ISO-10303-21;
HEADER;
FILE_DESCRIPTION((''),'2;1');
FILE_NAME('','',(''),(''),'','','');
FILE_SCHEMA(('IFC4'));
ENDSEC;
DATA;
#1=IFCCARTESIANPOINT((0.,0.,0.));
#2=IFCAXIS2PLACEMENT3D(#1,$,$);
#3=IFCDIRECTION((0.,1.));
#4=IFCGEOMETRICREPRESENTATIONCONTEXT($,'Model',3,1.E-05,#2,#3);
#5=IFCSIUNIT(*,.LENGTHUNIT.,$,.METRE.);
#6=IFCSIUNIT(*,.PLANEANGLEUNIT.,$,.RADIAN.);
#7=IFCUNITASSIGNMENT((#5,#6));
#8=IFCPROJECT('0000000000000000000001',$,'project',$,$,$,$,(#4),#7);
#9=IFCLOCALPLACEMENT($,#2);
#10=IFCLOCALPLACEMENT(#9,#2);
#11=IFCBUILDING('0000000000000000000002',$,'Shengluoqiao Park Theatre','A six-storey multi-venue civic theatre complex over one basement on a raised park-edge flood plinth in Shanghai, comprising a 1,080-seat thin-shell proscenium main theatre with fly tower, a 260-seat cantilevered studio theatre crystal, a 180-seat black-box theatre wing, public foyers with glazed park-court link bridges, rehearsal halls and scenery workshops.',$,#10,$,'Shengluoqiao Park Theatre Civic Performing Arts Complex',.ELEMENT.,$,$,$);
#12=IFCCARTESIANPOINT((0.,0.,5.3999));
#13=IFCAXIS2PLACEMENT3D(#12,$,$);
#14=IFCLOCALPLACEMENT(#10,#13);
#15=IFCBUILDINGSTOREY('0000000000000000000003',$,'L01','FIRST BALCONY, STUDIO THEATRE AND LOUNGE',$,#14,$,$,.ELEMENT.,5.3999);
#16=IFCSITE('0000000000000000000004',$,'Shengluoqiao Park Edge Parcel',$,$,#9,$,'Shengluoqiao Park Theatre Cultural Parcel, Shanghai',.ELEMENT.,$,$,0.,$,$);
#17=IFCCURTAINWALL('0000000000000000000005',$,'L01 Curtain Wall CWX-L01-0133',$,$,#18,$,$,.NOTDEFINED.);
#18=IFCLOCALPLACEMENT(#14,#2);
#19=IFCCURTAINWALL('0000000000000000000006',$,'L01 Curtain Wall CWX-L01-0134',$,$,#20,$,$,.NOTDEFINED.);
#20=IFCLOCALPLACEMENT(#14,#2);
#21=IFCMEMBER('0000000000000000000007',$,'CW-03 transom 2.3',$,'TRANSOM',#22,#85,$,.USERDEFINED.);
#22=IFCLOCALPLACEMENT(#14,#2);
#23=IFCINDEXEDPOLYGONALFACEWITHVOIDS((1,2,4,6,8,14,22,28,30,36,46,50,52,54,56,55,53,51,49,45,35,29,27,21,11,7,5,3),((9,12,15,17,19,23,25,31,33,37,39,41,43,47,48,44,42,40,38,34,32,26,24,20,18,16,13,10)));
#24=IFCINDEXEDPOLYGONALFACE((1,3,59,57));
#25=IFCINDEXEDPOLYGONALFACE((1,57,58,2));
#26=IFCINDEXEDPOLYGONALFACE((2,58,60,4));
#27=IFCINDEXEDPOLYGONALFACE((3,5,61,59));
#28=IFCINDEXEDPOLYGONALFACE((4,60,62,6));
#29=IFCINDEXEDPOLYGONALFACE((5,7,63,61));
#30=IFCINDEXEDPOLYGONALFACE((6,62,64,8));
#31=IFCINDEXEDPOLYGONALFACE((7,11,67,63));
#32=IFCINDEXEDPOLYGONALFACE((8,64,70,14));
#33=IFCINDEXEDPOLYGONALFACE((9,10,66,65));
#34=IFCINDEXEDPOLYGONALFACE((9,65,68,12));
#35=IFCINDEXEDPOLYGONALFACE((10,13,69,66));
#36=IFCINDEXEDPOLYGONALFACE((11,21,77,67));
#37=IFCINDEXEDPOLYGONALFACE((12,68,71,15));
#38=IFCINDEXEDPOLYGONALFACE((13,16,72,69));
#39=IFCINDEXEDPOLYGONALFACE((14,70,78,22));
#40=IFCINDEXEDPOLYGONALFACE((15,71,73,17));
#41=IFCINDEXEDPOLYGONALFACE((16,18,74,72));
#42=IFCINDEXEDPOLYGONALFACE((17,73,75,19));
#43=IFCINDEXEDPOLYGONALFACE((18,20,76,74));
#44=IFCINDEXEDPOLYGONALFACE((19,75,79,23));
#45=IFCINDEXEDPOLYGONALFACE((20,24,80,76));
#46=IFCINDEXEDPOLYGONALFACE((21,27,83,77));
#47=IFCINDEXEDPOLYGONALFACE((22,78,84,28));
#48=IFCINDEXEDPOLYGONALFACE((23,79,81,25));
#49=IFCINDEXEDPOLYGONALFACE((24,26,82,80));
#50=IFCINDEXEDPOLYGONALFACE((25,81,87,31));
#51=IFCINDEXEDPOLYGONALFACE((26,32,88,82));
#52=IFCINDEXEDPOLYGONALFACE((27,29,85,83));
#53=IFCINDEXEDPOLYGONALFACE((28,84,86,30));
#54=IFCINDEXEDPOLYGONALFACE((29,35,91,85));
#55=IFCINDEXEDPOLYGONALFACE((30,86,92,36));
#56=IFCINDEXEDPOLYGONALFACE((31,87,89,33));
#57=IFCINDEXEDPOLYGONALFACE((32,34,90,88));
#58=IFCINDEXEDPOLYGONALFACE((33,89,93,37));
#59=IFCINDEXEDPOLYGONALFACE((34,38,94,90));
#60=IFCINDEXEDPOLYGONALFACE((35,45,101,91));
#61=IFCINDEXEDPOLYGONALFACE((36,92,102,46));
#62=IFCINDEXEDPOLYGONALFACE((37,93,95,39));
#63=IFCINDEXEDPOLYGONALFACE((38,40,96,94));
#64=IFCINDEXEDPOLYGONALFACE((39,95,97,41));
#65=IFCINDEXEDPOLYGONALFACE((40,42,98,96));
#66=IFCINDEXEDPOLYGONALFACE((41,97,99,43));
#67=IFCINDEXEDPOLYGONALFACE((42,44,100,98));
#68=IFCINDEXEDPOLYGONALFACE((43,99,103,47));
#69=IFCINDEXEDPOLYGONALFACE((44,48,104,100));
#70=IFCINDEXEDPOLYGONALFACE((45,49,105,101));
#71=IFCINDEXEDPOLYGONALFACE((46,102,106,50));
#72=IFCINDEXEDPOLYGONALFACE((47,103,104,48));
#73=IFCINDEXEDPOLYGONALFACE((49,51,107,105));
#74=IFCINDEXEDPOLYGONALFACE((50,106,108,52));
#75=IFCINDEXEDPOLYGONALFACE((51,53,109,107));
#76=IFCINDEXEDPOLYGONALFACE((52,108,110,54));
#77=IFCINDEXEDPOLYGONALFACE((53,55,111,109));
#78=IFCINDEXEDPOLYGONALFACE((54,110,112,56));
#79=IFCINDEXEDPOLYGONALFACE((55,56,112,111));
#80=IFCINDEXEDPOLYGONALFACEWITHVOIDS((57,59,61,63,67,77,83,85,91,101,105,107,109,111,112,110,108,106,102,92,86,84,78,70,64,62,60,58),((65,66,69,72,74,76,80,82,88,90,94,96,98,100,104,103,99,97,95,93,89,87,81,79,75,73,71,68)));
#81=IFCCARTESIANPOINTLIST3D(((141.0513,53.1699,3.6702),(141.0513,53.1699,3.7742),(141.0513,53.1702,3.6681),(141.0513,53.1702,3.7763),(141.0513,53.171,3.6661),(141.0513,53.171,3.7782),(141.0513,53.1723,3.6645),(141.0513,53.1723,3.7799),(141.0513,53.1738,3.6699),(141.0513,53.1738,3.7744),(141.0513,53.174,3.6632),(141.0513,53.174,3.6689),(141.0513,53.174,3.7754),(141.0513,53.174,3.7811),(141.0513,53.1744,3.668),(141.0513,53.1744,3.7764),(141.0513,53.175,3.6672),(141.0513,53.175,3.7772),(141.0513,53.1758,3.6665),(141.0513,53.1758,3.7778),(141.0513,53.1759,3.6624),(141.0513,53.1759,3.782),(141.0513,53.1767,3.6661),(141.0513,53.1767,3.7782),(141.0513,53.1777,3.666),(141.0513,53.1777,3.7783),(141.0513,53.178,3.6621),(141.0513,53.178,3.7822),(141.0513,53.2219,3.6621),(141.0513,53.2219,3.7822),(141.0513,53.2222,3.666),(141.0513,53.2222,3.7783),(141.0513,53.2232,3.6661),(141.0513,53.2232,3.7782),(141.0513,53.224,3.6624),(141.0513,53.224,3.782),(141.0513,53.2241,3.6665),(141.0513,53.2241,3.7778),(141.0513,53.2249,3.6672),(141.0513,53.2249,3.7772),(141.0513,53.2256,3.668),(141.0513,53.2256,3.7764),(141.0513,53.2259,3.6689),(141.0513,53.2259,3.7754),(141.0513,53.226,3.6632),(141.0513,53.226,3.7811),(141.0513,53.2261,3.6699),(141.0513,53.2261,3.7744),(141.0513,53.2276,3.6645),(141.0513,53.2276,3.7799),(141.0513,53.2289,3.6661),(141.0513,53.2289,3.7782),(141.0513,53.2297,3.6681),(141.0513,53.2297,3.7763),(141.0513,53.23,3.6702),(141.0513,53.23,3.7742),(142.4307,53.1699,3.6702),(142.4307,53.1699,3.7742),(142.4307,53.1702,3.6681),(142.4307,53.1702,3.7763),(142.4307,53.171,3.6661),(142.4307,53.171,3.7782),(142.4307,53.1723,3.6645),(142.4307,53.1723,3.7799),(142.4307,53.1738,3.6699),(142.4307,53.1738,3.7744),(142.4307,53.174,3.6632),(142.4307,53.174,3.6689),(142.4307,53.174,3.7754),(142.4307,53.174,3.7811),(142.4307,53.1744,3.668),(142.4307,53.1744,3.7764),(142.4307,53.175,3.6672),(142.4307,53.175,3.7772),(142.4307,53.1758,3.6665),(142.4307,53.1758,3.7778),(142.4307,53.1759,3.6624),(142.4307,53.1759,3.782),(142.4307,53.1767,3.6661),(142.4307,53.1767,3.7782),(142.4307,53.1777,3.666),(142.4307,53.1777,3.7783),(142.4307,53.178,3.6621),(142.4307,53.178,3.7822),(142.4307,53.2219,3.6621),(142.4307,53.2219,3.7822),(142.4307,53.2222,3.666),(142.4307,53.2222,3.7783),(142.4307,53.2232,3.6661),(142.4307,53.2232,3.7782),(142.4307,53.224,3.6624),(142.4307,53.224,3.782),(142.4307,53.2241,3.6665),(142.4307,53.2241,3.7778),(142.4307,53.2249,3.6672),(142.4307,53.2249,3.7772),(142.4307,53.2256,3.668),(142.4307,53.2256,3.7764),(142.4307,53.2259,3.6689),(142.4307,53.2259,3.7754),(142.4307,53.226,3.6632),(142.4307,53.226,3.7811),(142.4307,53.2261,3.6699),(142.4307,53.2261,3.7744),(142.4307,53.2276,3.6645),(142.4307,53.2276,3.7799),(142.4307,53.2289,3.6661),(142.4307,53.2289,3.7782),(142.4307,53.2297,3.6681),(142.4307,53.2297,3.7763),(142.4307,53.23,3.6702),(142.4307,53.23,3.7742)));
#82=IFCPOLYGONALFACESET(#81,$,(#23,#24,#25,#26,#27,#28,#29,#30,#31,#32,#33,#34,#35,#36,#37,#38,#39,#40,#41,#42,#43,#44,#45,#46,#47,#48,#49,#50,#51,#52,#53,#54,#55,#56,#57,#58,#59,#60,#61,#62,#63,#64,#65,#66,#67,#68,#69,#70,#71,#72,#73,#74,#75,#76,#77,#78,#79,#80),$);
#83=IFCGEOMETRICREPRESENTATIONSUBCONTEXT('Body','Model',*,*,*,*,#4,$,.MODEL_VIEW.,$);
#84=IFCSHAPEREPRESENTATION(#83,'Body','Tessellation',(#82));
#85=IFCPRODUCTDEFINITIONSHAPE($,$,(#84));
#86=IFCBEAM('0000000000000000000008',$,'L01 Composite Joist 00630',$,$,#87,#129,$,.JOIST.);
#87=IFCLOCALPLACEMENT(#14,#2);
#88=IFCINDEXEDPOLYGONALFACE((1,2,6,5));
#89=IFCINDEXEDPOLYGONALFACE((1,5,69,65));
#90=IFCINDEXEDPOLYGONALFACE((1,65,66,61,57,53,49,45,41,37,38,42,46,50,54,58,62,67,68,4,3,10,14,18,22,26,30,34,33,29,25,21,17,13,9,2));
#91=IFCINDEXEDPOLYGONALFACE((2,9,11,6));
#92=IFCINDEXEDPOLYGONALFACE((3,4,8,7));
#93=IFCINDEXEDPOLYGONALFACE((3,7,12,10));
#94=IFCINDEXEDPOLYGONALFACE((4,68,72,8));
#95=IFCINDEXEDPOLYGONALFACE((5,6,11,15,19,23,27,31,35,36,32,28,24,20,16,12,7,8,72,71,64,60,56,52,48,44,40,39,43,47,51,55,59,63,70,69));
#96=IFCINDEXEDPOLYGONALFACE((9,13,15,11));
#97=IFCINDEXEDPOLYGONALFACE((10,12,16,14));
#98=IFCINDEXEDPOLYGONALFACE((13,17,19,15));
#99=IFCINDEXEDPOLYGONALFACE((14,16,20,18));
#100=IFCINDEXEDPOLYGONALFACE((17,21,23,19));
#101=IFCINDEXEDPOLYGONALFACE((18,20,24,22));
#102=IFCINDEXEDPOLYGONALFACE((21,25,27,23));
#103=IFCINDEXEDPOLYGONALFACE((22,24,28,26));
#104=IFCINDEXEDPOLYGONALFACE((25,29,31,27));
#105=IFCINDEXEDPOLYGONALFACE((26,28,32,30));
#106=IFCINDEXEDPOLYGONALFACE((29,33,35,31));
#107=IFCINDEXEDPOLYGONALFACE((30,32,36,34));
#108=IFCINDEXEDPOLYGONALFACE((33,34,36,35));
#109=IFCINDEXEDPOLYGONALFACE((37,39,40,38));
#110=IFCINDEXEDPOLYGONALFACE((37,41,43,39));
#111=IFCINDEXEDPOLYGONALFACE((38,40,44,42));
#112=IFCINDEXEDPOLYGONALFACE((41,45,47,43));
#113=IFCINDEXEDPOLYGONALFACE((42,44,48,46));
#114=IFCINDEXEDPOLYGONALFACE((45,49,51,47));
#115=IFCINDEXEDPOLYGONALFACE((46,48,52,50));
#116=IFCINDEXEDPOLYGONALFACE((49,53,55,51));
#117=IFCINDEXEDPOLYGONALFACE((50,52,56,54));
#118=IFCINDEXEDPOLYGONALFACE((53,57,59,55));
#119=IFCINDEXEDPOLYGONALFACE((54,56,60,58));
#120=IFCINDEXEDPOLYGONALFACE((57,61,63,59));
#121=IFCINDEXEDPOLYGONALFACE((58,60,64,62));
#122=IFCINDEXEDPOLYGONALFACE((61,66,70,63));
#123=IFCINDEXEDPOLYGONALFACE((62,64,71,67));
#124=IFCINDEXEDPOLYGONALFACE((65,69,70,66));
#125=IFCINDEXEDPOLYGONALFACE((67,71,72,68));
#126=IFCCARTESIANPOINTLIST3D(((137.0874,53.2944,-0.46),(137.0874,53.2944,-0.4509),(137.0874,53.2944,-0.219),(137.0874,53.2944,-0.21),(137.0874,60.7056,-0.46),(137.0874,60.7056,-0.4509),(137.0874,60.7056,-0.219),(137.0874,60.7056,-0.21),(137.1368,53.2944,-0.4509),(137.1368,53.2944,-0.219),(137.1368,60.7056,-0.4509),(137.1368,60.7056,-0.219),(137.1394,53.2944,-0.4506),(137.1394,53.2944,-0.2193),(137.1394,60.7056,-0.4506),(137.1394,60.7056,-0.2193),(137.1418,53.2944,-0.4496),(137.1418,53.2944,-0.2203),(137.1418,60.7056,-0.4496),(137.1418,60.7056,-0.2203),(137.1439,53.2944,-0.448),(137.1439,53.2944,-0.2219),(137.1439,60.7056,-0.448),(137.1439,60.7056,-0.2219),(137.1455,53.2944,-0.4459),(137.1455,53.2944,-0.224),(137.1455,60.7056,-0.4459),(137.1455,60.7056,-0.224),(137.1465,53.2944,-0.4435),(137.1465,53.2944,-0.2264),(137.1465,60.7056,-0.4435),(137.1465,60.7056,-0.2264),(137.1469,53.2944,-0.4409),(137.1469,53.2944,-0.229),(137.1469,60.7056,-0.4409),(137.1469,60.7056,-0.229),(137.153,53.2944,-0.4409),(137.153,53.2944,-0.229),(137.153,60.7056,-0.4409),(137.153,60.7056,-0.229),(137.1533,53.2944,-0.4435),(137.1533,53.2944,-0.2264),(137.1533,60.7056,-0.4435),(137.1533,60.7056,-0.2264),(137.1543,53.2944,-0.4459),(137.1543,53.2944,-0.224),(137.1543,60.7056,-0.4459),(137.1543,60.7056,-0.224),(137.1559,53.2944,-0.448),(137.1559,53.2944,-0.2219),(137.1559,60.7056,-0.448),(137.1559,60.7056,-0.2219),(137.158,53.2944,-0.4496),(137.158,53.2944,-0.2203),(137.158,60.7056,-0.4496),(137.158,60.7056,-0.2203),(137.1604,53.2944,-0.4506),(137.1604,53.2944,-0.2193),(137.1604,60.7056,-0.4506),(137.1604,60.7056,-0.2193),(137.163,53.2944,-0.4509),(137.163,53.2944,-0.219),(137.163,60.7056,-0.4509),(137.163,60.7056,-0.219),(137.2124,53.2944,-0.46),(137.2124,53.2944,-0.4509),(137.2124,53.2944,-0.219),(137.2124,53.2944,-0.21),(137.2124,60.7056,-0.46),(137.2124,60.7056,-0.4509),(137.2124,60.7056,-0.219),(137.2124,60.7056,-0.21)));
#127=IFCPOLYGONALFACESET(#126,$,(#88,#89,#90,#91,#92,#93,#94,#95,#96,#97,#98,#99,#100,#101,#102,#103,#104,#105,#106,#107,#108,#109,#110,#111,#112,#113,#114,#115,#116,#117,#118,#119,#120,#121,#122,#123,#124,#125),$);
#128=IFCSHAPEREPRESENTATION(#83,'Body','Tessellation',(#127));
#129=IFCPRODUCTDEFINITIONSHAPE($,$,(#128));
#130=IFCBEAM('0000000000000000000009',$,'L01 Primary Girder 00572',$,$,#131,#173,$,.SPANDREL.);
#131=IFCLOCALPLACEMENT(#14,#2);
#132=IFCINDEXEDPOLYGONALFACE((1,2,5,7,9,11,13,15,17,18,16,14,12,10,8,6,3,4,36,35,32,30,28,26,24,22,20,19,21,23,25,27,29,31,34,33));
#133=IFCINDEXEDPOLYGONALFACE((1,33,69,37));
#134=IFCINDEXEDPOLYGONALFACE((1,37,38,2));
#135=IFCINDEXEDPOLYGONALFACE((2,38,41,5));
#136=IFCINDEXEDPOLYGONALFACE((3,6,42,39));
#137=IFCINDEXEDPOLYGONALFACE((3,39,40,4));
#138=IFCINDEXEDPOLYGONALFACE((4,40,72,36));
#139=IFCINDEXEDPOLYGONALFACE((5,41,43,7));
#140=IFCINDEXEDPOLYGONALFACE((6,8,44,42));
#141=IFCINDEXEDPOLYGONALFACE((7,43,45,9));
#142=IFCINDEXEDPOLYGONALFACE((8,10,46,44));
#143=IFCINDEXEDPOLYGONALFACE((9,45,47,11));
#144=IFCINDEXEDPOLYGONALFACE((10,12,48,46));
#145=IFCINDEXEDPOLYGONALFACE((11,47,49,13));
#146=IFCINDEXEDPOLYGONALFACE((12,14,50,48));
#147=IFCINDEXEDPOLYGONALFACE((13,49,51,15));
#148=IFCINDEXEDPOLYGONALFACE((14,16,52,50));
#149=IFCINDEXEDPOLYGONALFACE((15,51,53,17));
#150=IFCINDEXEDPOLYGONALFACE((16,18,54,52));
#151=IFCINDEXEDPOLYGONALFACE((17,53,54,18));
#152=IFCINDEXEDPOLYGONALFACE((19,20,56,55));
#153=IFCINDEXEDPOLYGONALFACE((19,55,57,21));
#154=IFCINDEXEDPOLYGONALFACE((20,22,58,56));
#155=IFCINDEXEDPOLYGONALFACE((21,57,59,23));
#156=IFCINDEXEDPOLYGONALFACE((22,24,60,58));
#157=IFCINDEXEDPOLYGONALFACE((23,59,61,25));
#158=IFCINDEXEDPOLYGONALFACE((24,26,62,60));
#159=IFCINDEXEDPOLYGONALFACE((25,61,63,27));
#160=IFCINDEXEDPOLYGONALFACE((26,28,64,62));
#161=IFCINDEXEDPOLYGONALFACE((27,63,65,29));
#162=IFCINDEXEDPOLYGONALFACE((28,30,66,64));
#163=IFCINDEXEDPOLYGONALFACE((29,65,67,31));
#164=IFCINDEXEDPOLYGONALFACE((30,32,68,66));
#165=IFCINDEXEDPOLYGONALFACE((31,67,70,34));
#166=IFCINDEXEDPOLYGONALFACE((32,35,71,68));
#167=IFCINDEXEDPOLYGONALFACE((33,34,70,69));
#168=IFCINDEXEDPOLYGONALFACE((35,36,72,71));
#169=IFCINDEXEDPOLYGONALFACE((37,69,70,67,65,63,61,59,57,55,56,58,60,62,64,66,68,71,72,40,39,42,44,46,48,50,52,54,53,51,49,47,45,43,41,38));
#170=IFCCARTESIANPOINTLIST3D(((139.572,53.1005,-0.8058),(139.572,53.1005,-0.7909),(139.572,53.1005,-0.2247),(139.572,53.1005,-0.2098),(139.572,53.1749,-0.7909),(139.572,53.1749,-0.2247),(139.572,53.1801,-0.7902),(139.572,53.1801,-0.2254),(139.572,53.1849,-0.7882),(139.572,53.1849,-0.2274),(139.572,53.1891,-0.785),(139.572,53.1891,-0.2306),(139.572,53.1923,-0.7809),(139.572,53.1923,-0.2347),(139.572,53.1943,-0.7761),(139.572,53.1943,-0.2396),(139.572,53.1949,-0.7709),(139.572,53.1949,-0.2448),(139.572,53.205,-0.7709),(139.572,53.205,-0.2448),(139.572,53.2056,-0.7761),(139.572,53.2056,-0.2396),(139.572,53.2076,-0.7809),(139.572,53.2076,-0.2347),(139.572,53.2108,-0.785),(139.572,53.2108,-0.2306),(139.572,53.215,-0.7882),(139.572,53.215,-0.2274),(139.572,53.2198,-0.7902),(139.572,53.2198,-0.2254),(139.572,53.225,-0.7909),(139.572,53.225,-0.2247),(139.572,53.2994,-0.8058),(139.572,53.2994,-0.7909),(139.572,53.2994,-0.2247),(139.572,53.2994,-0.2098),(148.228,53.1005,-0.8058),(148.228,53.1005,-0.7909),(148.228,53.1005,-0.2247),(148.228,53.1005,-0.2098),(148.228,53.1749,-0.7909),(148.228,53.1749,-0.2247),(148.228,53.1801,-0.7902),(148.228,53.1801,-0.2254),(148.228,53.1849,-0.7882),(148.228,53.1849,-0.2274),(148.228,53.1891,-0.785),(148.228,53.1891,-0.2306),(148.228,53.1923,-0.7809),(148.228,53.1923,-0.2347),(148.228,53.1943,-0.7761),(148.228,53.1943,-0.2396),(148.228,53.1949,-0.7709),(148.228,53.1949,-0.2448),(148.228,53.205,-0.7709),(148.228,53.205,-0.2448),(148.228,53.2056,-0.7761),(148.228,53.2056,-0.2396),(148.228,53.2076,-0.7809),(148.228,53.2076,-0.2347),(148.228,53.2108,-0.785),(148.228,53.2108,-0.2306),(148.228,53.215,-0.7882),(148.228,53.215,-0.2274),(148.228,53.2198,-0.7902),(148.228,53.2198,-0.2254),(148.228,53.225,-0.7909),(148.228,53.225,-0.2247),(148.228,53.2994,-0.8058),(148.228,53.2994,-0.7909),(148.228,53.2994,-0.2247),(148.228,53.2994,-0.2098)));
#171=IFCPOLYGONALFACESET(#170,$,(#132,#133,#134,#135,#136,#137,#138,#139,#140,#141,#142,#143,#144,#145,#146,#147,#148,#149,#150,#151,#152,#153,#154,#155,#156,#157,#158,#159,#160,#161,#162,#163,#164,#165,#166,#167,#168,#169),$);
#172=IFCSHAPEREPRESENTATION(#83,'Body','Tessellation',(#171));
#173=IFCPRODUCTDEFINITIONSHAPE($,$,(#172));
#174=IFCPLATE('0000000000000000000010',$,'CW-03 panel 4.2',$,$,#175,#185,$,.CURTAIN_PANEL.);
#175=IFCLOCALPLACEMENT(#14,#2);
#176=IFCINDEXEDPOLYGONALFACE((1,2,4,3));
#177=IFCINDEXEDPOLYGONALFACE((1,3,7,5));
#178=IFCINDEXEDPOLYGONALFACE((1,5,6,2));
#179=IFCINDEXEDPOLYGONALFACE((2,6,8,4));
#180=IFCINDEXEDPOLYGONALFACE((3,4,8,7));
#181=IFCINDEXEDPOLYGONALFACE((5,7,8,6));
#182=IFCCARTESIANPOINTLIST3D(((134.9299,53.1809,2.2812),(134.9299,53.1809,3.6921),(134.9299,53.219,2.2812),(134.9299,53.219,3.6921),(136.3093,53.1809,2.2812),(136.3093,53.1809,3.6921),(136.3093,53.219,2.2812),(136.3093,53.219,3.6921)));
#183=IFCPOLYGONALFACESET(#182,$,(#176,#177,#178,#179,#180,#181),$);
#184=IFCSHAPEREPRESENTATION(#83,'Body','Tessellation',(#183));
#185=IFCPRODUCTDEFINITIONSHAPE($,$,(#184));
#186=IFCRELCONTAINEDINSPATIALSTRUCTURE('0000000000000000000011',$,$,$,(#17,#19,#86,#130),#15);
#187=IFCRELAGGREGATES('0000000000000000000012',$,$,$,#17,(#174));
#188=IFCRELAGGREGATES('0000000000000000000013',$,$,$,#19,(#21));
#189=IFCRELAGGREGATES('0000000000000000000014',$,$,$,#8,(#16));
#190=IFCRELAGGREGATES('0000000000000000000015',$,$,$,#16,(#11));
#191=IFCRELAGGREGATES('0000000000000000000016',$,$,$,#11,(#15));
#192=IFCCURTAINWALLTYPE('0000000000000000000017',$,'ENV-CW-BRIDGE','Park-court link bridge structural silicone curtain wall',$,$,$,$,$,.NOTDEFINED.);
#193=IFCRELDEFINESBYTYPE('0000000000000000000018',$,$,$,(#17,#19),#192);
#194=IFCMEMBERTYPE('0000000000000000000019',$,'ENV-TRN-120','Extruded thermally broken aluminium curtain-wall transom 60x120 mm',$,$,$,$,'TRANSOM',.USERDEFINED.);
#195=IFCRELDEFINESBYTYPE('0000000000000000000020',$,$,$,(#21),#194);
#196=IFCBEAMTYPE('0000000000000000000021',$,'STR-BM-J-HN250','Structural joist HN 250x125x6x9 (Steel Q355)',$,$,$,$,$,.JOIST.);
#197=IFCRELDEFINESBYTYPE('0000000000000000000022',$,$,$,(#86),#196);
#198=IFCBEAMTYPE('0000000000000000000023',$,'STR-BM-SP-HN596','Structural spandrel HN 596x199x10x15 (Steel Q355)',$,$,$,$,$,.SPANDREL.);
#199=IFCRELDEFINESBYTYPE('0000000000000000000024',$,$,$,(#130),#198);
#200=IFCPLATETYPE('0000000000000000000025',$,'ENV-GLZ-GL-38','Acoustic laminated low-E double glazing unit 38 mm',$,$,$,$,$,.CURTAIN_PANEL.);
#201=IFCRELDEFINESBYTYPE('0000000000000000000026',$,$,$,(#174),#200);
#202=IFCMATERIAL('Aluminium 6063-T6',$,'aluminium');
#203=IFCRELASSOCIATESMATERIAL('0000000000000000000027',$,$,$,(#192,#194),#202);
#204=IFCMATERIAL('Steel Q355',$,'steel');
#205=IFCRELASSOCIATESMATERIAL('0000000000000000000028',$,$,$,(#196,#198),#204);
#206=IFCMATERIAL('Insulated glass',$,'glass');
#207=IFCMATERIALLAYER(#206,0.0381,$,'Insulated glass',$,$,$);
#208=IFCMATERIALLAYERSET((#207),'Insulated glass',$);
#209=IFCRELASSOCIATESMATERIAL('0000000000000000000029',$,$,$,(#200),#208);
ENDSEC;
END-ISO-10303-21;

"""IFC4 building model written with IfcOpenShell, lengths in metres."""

from ifc_helpers import new_model, si_unit, direction, frame, origin, origin_2d, place, context, subcontext, project, spatial, rectangle, hollow_rectangle, i_section, extrude, material, layer, layer_set, material_profile, profile_set, type_object, element, aggregate, save


model = new_model("IFC4")

# Units and contexts
model_context = context("Model", 3, precision=1e-05, world=origin(), true_north=direction((0.0, 1.0)))
body_context = subcontext(model_context, "Body", "Model", "MODEL_VIEW")
ifc_project = project(units=[si_unit("LENGTHUNIT", "METRE"), si_unit("PLANEANGLEUNIT", "RADIAN")], contexts=[model_context])

# Site, building, storey
site_placement = place(None, origin())
site = spatial("IfcSite", under=ifc_project, at=site_placement, Name="Shengluoqiao Park Edge Parcel", LongName="Shengluoqiao Park Theatre Cultural Parcel, Shanghai", CompositionType="ELEMENT", RefElevation=0.0)
building_placement = place(site_placement, origin())
building = spatial("IfcBuilding", under=site, at=building_placement, Name="Shengluoqiao Park Theatre", Description="A six-storey multi-venue civic theatre complex over one basement on a raised park-edge flood plinth in Shanghai, comprising a 1,080-seat thin-shell proscenium main theatre with fly tower, a 260-seat cantilevered studio theatre crystal, a 180-seat black-box theatre wing, public foyers with glazed park-court link bridges, rehearsal halls and scenery workshops.", LongName="Shengluoqiao Park Theatre Civic Performing Arts Complex", CompositionType="ELEMENT")
storey_placement = place(building_placement, frame((0.0, 0.0, 5.3999)))
storey = spatial("IfcBuildingStorey", under=building, at=storey_placement, Name="L01", Description="FIRST BALCONY, STUDIO THEATRE AND LOUNGE", CompositionType="ELEMENT", Elevation=5.3999)

# Shared definitions
ifc_material_1 = material(Name="Steel Q355", Category="steel")

# Curtain walls
ifc_material_2 = material(Name="Aluminium 6063-T6", Category="aluminium")
curtain_wall_type = type_object("IfcCurtainWallType", Name="ENV-CW-BRIDGE", Description="Park-court link bridge structural silicone curtain wall", PredefinedType="NOTDEFINED", material=ifc_material_2)
curtain_wall_1_placement = place(storey_placement, origin())
curtain_wall_1 = element("IfcCurtainWall", 1, at=curtain_wall_1_placement, inside=storey, type_object=curtain_wall_type, Name="L01 Curtain Wall CWX-L01-0133", PredefinedType="NOTDEFINED")
curtain_wall_2_placement = place(storey_placement, origin())
curtain_wall_2 = element("IfcCurtainWall", 2, at=curtain_wall_2_placement, inside=storey, type_object=curtain_wall_type, Name="L01 Curtain Wall CWX-L01-0134", PredefinedType="NOTDEFINED")

# Member
ifc_material_profile_1 = material_profile(ifc_material_2, hollow_rectangle(XDim=0.0601, YDim=0.1201, WallThickness=0.0039, InnerFilletRadius=0.0039, OuterFilletRadius=0.0081, at=origin_2d()), Name="ALU TRANSOM 120x60x4")
ifc_profile_set_1 = profile_set([ifc_material_profile_1], Name="Aluminium 6063-T6")
member_type_1 = type_object("IfcMemberType", Name="ENV-TRN-120", Description="Extruded thermally broken aluminium curtain-wall transom 60x120 mm", ElementType="TRANSOM", PredefinedType="USERDEFINED", material=ifc_profile_set_1)
member_1_placement = place(storey_placement, frame((141.0513, 53.2, 3.7222), z_axis=(1.0, 0.0, 0.0), x_axis=(0.0, 1.0, 0.0)))
member_1 = element("IfcMember", 3, at=member_1_placement, type_object=member_type_1, Name="CW-03 transom 2.3", ObjectType="TRANSOM", PredefinedType="USERDEFINED", context=body_context, shape_type="SweptSolid", body=[
    extrude(hollow_rectangle(XDim=0.0601, YDim=0.1201, WallThickness=0.0039, InnerFilletRadius=0.0039, OuterFilletRadius=0.0081, at=origin_2d()), origin(), (0.0, 0.0, 1.0), 1.3794),
])

# Beams
ifc_material_profile_2 = material_profile(ifc_material_1, i_section(OverallWidth=0.125, OverallDepth=0.25, WebThickness=0.0061, FlangeThickness=0.009, FilletRadius=0.01, at=origin_2d()), Name="HN 250x125x6x9")
ifc_profile_set_2 = profile_set([ifc_material_profile_2], Name="Steel Q355")
beam_type_1 = type_object("IfcBeamType", Name="STR-BM-J-HN250", Description="Structural joist HN 250x125x6x9 (Steel Q355)", PredefinedType="JOIST", material=ifc_profile_set_2)
beam_1_placement = place(storey_placement, frame((137.1499, 53.2944, -0.335), z_axis=(0.0, 1.0, 0.0), x_axis=(-1.0, 0.0, 0.0)))
element("IfcBeam", 4, at=beam_1_placement, inside=storey, type_object=beam_type_1, Name="L01 Composite Joist 00630", PredefinedType="JOIST", context=body_context, shape_type="SweptSolid", body=[
    extrude(i_section(OverallWidth=0.125, OverallDepth=0.25, WebThickness=0.0061, FlangeThickness=0.009, FilletRadius=0.01, at=origin_2d()), origin(), (0.0, 0.0, 1.0), 7.4111),
])
ifc_material_profile_3 = material_profile(ifc_material_1, i_section(OverallWidth=0.199, OverallDepth=0.5959, WebThickness=0.01, FlangeThickness=0.0149, FilletRadius=0.02, at=origin_2d()), Name="HN 596x199x10x15")
ifc_profile_set_3 = profile_set([ifc_material_profile_3], Name="Steel Q355")
beam_type_2 = type_object("IfcBeamType", Name="STR-BM-SP-HN596", Description="Structural spandrel HN 596x199x10x15 (Steel Q355)", PredefinedType="SPANDREL", material=ifc_profile_set_3)
beam_2_placement = place(storey_placement, frame((139.572, 53.2, -0.5078), z_axis=(1.0, 0.0, 0.0), x_axis=(0.0, 1.0, 0.0)))
element("IfcBeam", 5, at=beam_2_placement, inside=storey, type_object=beam_type_2, Name="L01 Primary Girder 00572", PredefinedType="SPANDREL", context=body_context, shape_type="SweptSolid", body=[
    extrude(i_section(OverallWidth=0.199, OverallDepth=0.5959, WebThickness=0.01, FlangeThickness=0.0149, FilletRadius=0.02, at=origin_2d()), origin(), (0.0, 0.0, 1.0), 8.656),
])

# Plate
ifc_material_3 = material(Name="Insulated glass", Category="glass")
ifc_layer_1 = layer(ifc_material_3, 0.0381, Name="Insulated glass")
ifc_layer_set_1 = layer_set([ifc_layer_1], Name="Insulated glass")
plate_type_1 = type_object("IfcPlateType", Name="ENV-GLZ-GL-38", Description="Acoustic laminated low-E double glazing unit 38 mm", PredefinedType="CURTAIN_PANEL", material=ifc_layer_set_1)
plate_1_placement = place(storey_placement, frame((135.6196, 53.2, 2.2812), z_axis=(0.0, 0.0, 1.0), x_axis=(1.0, 0.0, 0.0)))
plate_1 = element("IfcPlate", 6, at=plate_1_placement, type_object=plate_type_1, Name="CW-03 panel 4.2", PredefinedType="CURTAIN_PANEL", context=body_context, shape_type="SweptSolid", body=[
    extrude(rectangle(XDim=1.3794, YDim=0.0381, at=origin_2d()), origin(), (0.0, 0.0, 1.0), 1.4109),
])
aggregate(curtain_wall_1, [plate_1])
aggregate(curtain_wall_2, [member_1])

save(model, "model.ifc")
